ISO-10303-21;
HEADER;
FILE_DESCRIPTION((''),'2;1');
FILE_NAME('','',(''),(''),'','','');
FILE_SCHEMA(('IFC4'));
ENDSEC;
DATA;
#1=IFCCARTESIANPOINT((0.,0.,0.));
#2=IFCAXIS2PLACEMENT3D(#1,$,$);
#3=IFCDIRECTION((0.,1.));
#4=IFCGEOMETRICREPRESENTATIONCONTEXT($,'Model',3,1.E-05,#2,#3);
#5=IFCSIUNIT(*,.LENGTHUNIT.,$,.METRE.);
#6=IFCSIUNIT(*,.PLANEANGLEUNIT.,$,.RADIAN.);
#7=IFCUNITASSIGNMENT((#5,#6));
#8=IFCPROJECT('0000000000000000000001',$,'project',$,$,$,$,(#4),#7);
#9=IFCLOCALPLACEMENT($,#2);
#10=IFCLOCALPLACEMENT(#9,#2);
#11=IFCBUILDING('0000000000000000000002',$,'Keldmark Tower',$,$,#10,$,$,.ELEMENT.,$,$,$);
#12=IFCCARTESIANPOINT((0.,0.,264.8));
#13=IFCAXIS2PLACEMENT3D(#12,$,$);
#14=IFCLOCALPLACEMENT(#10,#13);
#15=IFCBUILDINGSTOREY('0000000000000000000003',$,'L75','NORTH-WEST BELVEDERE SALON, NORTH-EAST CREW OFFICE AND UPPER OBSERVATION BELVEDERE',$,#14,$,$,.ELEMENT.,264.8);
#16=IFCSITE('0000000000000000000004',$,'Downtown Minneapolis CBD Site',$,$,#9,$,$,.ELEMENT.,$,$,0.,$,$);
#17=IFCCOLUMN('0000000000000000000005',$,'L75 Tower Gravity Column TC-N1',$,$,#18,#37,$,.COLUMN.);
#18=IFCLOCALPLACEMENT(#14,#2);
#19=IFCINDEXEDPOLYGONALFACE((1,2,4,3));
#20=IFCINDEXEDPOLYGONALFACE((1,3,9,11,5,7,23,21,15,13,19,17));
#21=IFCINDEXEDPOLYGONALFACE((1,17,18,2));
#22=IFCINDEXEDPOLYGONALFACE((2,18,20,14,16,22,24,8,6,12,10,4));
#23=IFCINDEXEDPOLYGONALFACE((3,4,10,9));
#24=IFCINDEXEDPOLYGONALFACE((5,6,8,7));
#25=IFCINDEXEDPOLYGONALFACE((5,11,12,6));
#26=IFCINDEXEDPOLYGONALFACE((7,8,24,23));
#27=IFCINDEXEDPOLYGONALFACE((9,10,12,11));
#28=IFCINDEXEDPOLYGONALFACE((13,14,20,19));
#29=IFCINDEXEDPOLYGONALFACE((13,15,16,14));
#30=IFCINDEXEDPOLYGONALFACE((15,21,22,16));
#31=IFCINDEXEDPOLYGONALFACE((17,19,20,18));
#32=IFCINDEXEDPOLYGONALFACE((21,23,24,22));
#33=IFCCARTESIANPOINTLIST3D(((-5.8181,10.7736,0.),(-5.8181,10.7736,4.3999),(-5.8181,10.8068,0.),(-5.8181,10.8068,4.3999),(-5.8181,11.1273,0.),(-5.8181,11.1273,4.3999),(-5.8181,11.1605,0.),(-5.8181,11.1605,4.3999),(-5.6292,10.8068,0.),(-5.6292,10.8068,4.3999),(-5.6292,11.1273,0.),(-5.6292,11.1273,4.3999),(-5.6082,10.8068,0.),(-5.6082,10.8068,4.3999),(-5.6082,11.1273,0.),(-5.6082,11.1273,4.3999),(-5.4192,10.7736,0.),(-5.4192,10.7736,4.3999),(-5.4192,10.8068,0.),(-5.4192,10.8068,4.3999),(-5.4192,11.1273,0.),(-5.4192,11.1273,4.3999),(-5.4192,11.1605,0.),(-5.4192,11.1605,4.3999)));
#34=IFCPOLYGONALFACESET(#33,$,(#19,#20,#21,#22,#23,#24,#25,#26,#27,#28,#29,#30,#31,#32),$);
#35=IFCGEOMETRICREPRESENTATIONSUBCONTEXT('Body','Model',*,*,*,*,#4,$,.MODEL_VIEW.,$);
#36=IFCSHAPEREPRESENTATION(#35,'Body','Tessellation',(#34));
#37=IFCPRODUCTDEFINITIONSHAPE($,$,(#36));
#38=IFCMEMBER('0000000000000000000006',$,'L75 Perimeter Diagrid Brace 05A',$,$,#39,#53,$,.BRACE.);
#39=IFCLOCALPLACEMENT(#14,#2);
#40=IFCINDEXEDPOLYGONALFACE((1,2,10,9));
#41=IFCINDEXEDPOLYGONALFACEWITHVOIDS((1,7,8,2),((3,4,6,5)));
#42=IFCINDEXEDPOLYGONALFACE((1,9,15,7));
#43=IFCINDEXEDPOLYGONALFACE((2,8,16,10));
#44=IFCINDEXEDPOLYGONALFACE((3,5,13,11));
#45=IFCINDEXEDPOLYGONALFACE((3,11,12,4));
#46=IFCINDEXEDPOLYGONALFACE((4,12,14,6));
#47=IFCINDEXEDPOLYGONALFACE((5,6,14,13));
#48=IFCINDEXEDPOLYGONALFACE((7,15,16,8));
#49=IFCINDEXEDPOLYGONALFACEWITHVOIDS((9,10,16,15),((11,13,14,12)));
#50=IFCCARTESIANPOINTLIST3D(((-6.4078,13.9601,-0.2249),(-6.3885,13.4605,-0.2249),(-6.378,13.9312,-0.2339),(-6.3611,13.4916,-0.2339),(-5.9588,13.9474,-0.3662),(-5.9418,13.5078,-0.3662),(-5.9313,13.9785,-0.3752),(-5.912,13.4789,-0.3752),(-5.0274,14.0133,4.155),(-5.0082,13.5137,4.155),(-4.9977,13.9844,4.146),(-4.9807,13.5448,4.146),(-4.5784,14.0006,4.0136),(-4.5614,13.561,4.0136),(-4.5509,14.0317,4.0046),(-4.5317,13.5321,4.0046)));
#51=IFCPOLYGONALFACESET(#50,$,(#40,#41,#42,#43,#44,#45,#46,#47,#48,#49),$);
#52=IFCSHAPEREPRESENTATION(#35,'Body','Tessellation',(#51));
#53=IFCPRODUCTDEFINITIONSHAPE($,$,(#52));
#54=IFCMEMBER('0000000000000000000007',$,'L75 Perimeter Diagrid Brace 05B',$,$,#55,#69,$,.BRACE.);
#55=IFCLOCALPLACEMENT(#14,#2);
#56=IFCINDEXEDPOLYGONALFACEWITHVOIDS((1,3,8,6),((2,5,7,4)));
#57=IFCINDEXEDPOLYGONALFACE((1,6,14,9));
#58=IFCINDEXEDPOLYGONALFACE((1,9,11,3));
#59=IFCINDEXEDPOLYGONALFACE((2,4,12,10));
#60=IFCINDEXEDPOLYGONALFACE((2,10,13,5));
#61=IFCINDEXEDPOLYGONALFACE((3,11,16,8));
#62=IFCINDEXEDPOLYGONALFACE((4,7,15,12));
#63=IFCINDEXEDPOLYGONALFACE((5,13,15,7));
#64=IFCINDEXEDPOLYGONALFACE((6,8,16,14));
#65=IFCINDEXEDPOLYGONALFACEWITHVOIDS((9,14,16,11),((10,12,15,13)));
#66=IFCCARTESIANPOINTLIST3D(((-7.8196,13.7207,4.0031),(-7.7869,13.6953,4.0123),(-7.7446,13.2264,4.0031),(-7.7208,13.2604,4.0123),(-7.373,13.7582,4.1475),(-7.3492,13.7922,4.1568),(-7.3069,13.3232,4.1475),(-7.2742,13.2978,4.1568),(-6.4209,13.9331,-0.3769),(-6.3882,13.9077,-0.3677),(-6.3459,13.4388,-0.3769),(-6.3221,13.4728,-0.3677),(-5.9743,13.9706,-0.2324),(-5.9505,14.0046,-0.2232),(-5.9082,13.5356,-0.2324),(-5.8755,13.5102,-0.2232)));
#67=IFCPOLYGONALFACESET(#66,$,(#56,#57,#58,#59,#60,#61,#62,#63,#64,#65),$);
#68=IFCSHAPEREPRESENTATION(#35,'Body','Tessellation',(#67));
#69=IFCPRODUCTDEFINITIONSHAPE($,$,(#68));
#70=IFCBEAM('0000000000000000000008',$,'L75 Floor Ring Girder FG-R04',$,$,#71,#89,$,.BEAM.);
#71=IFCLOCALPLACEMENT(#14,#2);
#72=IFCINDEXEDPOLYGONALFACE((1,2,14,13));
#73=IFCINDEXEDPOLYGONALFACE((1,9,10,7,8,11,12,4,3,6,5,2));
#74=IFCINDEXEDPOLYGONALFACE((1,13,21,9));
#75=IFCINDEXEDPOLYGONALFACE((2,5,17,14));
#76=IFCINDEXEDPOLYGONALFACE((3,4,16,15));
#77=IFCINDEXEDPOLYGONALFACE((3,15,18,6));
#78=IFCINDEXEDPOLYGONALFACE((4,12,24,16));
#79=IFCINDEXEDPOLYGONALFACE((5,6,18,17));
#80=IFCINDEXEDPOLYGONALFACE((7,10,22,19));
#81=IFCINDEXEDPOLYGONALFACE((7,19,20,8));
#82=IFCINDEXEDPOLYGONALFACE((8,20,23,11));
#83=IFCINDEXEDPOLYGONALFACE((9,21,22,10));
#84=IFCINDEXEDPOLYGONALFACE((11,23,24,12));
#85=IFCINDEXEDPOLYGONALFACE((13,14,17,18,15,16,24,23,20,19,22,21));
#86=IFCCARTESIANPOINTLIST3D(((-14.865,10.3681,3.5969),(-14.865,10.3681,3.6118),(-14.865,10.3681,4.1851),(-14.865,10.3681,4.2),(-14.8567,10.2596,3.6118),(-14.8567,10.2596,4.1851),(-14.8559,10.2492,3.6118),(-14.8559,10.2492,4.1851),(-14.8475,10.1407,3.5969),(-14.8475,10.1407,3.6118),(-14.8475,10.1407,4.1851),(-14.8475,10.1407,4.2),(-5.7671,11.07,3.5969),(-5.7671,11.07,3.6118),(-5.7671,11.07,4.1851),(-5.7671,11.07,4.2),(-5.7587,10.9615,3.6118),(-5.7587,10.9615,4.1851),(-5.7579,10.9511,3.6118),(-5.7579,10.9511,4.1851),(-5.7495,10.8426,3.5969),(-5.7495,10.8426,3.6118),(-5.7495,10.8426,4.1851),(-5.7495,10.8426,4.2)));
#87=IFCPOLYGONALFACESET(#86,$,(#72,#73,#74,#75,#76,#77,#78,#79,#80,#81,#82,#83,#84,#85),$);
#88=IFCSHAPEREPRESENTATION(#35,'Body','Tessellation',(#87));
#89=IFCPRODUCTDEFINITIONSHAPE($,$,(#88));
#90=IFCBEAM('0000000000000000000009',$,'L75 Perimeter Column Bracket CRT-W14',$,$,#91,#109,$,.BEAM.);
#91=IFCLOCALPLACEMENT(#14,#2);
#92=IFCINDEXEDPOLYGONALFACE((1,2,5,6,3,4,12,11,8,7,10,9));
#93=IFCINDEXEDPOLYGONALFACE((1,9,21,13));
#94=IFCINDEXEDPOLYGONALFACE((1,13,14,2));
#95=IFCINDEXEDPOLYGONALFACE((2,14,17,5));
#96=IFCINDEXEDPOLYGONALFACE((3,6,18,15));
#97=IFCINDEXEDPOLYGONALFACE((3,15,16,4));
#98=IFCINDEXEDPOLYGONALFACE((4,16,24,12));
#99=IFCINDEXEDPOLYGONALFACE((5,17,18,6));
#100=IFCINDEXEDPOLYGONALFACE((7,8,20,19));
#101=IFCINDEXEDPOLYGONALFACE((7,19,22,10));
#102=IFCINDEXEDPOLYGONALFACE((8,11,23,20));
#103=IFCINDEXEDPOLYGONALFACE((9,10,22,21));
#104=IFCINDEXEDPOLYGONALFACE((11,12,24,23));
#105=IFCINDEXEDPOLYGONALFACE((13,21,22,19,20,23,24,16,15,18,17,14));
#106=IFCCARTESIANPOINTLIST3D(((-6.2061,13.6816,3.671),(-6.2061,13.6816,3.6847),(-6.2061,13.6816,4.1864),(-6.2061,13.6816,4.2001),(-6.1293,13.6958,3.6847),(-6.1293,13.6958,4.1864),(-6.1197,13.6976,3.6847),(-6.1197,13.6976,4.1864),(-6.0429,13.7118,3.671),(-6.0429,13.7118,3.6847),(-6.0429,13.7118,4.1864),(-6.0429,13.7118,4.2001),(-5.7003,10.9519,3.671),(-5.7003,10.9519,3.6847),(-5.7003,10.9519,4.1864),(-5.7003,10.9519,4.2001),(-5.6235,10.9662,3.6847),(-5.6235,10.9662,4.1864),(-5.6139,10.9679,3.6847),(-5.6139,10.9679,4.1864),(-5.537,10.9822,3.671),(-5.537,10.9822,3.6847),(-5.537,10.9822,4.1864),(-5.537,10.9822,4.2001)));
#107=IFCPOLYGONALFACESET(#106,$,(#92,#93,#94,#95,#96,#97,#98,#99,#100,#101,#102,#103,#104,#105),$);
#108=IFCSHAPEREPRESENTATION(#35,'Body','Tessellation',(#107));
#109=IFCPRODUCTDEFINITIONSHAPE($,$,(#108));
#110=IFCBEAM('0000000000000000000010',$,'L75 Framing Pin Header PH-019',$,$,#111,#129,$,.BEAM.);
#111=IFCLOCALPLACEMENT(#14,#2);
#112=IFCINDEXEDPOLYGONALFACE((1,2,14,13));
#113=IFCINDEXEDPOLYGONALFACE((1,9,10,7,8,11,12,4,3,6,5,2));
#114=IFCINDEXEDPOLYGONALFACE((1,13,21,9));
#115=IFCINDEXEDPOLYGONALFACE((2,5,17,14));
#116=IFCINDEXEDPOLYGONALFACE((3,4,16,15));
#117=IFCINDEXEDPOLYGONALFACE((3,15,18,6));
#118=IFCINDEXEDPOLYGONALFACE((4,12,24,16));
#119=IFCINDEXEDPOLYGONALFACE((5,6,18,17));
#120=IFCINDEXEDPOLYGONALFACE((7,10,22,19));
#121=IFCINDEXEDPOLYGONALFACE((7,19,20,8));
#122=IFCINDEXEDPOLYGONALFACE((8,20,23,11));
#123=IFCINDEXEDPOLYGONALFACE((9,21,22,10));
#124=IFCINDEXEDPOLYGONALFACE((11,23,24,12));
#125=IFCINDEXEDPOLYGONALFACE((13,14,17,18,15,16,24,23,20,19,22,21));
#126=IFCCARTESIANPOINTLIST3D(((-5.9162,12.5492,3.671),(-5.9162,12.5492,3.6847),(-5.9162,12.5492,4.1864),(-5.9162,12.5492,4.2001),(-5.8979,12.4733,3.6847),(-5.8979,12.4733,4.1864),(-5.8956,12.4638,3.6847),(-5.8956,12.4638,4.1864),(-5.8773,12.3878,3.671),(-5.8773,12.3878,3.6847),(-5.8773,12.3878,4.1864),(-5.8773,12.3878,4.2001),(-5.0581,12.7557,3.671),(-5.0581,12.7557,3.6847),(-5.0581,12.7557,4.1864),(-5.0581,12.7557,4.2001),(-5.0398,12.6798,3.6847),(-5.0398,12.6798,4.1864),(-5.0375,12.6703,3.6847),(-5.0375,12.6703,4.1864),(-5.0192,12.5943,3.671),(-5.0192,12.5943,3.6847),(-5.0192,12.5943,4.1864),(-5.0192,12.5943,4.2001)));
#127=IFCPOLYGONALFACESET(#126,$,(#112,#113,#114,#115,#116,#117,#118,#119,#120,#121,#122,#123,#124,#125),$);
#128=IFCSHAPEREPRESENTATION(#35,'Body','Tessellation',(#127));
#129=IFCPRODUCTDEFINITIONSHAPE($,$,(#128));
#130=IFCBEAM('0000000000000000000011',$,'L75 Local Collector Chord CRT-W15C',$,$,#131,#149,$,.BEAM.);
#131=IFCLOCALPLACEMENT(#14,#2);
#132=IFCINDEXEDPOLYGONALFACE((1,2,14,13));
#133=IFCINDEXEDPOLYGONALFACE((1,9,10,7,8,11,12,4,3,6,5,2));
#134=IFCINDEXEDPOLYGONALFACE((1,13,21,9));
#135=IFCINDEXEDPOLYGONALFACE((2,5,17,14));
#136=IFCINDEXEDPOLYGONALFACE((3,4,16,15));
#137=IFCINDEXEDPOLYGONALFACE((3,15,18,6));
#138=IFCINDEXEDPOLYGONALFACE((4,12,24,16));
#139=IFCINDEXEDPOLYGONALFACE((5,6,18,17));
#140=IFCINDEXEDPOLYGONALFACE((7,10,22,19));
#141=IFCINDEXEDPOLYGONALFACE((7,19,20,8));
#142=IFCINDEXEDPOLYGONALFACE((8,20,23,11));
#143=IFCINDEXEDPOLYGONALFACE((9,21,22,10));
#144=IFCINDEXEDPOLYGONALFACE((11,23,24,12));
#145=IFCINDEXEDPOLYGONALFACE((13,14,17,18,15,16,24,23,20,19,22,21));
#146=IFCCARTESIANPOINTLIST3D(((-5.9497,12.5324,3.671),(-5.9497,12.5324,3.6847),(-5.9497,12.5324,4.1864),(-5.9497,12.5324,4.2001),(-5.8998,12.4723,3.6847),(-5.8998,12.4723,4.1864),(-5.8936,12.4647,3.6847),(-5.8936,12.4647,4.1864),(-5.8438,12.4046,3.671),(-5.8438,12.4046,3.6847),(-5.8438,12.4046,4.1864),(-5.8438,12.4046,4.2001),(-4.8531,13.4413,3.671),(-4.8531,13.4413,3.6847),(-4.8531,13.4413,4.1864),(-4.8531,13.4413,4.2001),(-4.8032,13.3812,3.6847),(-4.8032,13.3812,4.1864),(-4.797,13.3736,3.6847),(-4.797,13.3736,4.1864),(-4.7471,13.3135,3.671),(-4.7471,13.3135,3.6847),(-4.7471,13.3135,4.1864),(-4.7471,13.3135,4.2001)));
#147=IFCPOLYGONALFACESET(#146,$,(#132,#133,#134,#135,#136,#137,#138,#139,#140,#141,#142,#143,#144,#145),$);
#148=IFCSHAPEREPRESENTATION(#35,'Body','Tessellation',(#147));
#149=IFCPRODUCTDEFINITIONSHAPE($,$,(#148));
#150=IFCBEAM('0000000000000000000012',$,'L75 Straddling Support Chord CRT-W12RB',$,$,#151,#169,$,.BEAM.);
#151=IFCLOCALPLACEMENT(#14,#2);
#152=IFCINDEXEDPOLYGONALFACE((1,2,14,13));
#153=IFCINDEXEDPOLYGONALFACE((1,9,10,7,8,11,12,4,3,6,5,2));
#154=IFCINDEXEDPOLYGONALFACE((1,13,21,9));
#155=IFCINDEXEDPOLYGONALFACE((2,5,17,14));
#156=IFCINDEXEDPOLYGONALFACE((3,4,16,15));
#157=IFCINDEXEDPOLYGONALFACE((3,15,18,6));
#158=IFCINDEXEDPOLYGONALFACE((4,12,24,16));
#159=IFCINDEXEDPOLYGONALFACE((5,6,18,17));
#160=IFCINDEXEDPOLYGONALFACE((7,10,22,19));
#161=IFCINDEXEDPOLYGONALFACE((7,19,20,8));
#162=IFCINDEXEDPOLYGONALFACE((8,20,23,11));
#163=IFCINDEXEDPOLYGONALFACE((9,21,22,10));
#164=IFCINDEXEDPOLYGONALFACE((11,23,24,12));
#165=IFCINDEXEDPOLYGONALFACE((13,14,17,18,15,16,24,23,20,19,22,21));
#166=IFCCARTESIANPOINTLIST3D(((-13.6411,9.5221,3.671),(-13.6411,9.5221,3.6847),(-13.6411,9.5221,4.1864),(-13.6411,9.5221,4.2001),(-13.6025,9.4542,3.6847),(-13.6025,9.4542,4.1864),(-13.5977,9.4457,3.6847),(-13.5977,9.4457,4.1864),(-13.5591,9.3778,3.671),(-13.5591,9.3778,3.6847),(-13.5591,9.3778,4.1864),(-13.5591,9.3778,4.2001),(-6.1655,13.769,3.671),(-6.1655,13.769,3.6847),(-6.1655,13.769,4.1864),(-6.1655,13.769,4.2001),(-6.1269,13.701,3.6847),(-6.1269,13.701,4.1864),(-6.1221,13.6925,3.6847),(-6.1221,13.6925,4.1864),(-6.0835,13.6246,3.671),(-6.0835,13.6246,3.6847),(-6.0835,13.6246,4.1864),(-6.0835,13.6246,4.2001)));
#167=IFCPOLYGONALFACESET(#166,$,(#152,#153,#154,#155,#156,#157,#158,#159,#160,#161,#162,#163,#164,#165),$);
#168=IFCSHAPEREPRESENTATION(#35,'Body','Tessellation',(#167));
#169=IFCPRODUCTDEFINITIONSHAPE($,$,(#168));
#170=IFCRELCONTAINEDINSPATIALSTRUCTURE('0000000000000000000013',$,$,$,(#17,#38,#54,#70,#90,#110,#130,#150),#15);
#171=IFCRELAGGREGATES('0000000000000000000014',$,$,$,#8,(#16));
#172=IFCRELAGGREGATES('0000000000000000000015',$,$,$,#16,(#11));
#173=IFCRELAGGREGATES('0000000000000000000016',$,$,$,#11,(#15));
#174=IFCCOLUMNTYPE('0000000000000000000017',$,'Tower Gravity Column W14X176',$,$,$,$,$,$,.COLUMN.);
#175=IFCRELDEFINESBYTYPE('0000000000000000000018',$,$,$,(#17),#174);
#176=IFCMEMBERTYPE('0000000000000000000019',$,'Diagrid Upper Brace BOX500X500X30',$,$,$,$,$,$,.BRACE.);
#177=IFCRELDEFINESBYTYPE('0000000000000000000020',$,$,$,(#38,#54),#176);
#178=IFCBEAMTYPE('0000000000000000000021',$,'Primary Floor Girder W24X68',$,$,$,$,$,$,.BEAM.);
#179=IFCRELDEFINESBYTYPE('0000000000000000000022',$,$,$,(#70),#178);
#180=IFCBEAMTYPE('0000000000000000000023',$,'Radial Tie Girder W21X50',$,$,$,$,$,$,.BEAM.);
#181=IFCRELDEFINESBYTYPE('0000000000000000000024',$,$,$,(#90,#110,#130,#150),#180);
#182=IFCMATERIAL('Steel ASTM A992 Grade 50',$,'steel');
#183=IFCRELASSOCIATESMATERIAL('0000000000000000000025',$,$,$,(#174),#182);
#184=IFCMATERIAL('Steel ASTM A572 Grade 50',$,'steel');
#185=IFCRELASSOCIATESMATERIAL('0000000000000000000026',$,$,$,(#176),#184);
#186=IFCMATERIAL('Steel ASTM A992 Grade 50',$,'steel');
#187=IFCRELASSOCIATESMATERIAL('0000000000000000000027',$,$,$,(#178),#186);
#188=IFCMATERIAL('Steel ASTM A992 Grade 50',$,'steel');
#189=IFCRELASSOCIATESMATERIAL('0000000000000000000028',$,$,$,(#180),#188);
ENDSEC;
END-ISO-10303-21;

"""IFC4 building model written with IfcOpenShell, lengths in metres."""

from ifc_helpers import new_model, si_unit, direction, frame, origin, origin_2d, place, context, subcontext, project, spatial, hollow_rectangle, i_section, extrude, material, material_profile, profile_set, type_object, element, save


model = new_model("IFC4")

# Units and contexts
model_context = context("Model", 3, precision=1e-05, world=origin(), true_north=direction((0.0, 1.0)))
body_context = subcontext(model_context, "Body", "Model", "MODEL_VIEW")
ifc_project = project(units=[si_unit("LENGTHUNIT", "METRE"), si_unit("PLANEANGLEUNIT", "RADIAN")], contexts=[model_context])

# Site, building, storey
site_placement = place(None, origin())
site = spatial("IfcSite", under=ifc_project, at=site_placement, Name="Downtown Minneapolis CBD Site", CompositionType="ELEMENT", RefElevation=0.0)
building_placement = place(site_placement, origin())
building = spatial("IfcBuilding", under=site, at=building_placement, Name="Keldmark Tower", CompositionType="ELEMENT")
storey_placement = place(building_placement, frame((0.0, 0.0, 264.8)))
storey = spatial("IfcBuildingStorey", under=building, at=storey_placement, Name="L75", Description="NORTH-WEST BELVEDERE SALON, NORTH-EAST CREW OFFICE AND UPPER OBSERVATION BELVEDERE", CompositionType="ELEMENT", Elevation=264.8)

# Column
ifc_material_1 = material(Name="Steel ASTM A992 Grade 50", Category="steel")
ifc_material_profile_1 = material_profile(ifc_material_1, i_section(OverallWidth=0.3989, OverallDepth=0.387, WebThickness=0.021, FlangeThickness=0.0332, at=origin_2d()), Name="W14X176")
ifc_profile_set_1 = profile_set([ifc_material_profile_1], Name="Steel ASTM A992 Grade 50")
column_type = type_object("IfcColumnType", Name="Tower Gravity Column W14X176", PredefinedType="COLUMN", material=ifc_profile_set_1)
column_placement = place(storey_placement, frame((-5.6187, 10.967, 0.0), z_axis=(0.0, 0.0, 1.0), x_axis=(1.0, 0.0, 0.0)))
element("IfcColumn", 1, at=column_placement, inside=storey, type_object=column_type, Name="L75 Tower Gravity Column TC-N1", PredefinedType="COLUMN", context=body_context, shape_type="SweptSolid", body=[
    extrude(i_section(OverallWidth=0.3989, OverallDepth=0.387, WebThickness=0.021, FlangeThickness=0.0332, at=origin_2d()), origin(), (0.0, 0.0, 1.0), 4.3999),
])

# Members
ifc_material_2 = material(Name="Steel ASTM A572 Grade 50", Category="steel")
ifc_material_profile_2 = material_profile(ifc_material_2, hollow_rectangle(XDim=0.5, YDim=0.5, WallThickness=0.03, at=origin_2d()), Name="BOX500X500X30")
ifc_profile_set_2 = profile_set([ifc_material_profile_2], Name="Steel ASTM A572 Grade 50")
member_type = type_object("IfcMemberType", Name="Diagrid Upper Brace BOX500X500X30", PredefinedType="BRACE", material=ifc_profile_set_2)
member_1_placement = place(storey_placement, frame((-6.1599, 13.7195, -0.3), z_axis=(0.300567, 0.011589, 0.95369), x_axis=(-0.038528, 0.999258, 0.0)))
element("IfcMember", 2, at=member_1_placement, inside=storey, type_object=member_type, Name="L75 Perimeter Diagrid Brace 05A", PredefinedType="BRACE", context=body_context, shape_type="SweptSolid", body=[
    extrude(hollow_rectangle(XDim=0.5, YDim=0.5, WallThickness=0.03, at=origin_2d()), origin(), (0.0, 0.0, 1.0), 4.5925),
])
member_2_placement = place(storey_placement, frame((-6.1482, 13.7217, -0.3), z_axis=(-0.303883, -0.046147, 0.951591), x_axis=(0.150138, -0.988665, 0.0)))
element("IfcMember", 3, at=member_2_placement, inside=storey, type_object=member_type, Name="L75 Perimeter Diagrid Brace 05B", PredefinedType="BRACE", context=body_context, shape_type="SweptSolid", body=[
    extrude(hollow_rectangle(XDim=0.5, YDim=0.5, WallThickness=0.03, at=origin_2d()), origin(), (0.0, 0.0, 1.0), 4.6028),
])

# Beams
ifc_material_3 = material(Name="Steel ASTM A992 Grade 50", Category="steel")
ifc_material_profile_3 = material_profile(ifc_material_3, i_section(OverallWidth=0.228, OverallDepth=0.603, WebThickness=0.0105, FlangeThickness=0.0149, at=origin_2d()), Name="W24X68")
ifc_profile_set_3 = profile_set([ifc_material_profile_3], Name="Steel ASTM A992 Grade 50")
beam_type_1 = type_object("IfcBeamType", Name="Primary Floor Girder W24X68", PredefinedType="BEAM", material=ifc_profile_set_3)
beam_1_placement = place(storey_placement, frame((-5.7583, 10.9563, 3.8984), z_axis=(-0.997037, -0.076922, 0.0), x_axis=(0.076922, -0.997037, 0.0)))
element("IfcBeam", 4, at=beam_1_placement, inside=storey, type_object=beam_type_1, Name="L75 Floor Ring Girder FG-R04", PredefinedType="BEAM", context=body_context, shape_type="SweptSolid", body=[
    extrude(i_section(OverallWidth=0.228, OverallDepth=0.603, WebThickness=0.0105, FlangeThickness=0.0149, at=origin_2d()), origin(), (0.0, 0.0, 1.0), 9.125),
])
ifc_material_4 = material(Name="Steel ASTM A992 Grade 50", Category="steel")
ifc_material_profile_4 = material_profile(ifc_material_4, i_section(OverallWidth=0.166, OverallDepth=0.5291, WebThickness=0.0098, FlangeThickness=0.0137, at=origin_2d()), Name="W21X50")
ifc_profile_set_4 = profile_set([ifc_material_profile_4], Name="Steel ASTM A992 Grade 50")
beam_type_2 = type_object("IfcBeamType", Name="Radial Tie Girder W21X50", PredefinedType="BEAM", material=ifc_profile_set_4)
beam_2_placement = place(storey_placement, frame((-5.6187, 10.967, 3.9355), z_axis=(-0.182212, 0.983259, 0.0), x_axis=(-0.983259, -0.182212, 0.0)))
element("IfcBeam", 5, at=beam_2_placement, inside=storey, type_object=beam_type_2, Name="L75 Perimeter Column Bracket CRT-W14", PredefinedType="BEAM", context=body_context, shape_type="SweptSolid", body=[
    extrude(i_section(OverallWidth=0.166, OverallDepth=0.5291, WebThickness=0.0098, FlangeThickness=0.0137, at=origin_2d()), origin(), (0.0, 0.0, 1.0), 2.7761),
])
beam_3_placement = place(storey_placement, frame((-5.8967, 12.4685, 3.9355), z_axis=(0.972236, 0.234001, 0.0), x_axis=(-0.234001, 0.972236, 0.0)))
element("IfcBeam", 6, at=beam_3_placement, inside=storey, type_object=beam_type_2, Name="L75 Framing Pin Header PH-019", PredefinedType="BEAM", context=body_context, shape_type="SweptSolid", body=[
    extrude(i_section(OverallWidth=0.166, OverallDepth=0.5291, WebThickness=0.0098, FlangeThickness=0.0137, at=origin_2d()), origin(), (0.0, 0.0, 1.0), 0.8826),
])
beam_4_placement = place(storey_placement, frame((-5.8967, 12.4685, 3.9355), z_axis=(0.769933, 0.638125, 0.0), x_axis=(-0.638125, 0.769933, 0.0)))
element("IfcBeam", 7, at=beam_4_placement, inside=storey, type_object=beam_type_2, Name="L75 Local Collector Chord CRT-W15C", PredefinedType="BEAM", context=body_context, shape_type="SweptSolid", body=[
    extrude(i_section(OverallWidth=0.166, OverallDepth=0.5291, WebThickness=0.0098, FlangeThickness=0.0137, at=origin_2d()), origin(), (0.0, 0.0, 1.0), 1.4243),
])
beam_5_placement = place(storey_placement, frame((-6.1245, 13.6968, 3.9355), z_axis=(-0.86949, -0.493951, 0.0), x_axis=(0.493951, -0.86949, 0.0)))
element("IfcBeam", 8, at=beam_5_placement, inside=storey, type_object=beam_type_2, Name="L75 Straddling Support Chord CRT-W12RB", PredefinedType="BEAM", context=body_context, shape_type="SweptSolid", body=[
    extrude(i_section(OverallWidth=0.166, OverallDepth=0.5291, WebThickness=0.0098, FlangeThickness=0.0137, at=origin_2d()), origin(), (0.0, 0.0, 1.0), 8.5977),
])

save(model, "model.ifc")
